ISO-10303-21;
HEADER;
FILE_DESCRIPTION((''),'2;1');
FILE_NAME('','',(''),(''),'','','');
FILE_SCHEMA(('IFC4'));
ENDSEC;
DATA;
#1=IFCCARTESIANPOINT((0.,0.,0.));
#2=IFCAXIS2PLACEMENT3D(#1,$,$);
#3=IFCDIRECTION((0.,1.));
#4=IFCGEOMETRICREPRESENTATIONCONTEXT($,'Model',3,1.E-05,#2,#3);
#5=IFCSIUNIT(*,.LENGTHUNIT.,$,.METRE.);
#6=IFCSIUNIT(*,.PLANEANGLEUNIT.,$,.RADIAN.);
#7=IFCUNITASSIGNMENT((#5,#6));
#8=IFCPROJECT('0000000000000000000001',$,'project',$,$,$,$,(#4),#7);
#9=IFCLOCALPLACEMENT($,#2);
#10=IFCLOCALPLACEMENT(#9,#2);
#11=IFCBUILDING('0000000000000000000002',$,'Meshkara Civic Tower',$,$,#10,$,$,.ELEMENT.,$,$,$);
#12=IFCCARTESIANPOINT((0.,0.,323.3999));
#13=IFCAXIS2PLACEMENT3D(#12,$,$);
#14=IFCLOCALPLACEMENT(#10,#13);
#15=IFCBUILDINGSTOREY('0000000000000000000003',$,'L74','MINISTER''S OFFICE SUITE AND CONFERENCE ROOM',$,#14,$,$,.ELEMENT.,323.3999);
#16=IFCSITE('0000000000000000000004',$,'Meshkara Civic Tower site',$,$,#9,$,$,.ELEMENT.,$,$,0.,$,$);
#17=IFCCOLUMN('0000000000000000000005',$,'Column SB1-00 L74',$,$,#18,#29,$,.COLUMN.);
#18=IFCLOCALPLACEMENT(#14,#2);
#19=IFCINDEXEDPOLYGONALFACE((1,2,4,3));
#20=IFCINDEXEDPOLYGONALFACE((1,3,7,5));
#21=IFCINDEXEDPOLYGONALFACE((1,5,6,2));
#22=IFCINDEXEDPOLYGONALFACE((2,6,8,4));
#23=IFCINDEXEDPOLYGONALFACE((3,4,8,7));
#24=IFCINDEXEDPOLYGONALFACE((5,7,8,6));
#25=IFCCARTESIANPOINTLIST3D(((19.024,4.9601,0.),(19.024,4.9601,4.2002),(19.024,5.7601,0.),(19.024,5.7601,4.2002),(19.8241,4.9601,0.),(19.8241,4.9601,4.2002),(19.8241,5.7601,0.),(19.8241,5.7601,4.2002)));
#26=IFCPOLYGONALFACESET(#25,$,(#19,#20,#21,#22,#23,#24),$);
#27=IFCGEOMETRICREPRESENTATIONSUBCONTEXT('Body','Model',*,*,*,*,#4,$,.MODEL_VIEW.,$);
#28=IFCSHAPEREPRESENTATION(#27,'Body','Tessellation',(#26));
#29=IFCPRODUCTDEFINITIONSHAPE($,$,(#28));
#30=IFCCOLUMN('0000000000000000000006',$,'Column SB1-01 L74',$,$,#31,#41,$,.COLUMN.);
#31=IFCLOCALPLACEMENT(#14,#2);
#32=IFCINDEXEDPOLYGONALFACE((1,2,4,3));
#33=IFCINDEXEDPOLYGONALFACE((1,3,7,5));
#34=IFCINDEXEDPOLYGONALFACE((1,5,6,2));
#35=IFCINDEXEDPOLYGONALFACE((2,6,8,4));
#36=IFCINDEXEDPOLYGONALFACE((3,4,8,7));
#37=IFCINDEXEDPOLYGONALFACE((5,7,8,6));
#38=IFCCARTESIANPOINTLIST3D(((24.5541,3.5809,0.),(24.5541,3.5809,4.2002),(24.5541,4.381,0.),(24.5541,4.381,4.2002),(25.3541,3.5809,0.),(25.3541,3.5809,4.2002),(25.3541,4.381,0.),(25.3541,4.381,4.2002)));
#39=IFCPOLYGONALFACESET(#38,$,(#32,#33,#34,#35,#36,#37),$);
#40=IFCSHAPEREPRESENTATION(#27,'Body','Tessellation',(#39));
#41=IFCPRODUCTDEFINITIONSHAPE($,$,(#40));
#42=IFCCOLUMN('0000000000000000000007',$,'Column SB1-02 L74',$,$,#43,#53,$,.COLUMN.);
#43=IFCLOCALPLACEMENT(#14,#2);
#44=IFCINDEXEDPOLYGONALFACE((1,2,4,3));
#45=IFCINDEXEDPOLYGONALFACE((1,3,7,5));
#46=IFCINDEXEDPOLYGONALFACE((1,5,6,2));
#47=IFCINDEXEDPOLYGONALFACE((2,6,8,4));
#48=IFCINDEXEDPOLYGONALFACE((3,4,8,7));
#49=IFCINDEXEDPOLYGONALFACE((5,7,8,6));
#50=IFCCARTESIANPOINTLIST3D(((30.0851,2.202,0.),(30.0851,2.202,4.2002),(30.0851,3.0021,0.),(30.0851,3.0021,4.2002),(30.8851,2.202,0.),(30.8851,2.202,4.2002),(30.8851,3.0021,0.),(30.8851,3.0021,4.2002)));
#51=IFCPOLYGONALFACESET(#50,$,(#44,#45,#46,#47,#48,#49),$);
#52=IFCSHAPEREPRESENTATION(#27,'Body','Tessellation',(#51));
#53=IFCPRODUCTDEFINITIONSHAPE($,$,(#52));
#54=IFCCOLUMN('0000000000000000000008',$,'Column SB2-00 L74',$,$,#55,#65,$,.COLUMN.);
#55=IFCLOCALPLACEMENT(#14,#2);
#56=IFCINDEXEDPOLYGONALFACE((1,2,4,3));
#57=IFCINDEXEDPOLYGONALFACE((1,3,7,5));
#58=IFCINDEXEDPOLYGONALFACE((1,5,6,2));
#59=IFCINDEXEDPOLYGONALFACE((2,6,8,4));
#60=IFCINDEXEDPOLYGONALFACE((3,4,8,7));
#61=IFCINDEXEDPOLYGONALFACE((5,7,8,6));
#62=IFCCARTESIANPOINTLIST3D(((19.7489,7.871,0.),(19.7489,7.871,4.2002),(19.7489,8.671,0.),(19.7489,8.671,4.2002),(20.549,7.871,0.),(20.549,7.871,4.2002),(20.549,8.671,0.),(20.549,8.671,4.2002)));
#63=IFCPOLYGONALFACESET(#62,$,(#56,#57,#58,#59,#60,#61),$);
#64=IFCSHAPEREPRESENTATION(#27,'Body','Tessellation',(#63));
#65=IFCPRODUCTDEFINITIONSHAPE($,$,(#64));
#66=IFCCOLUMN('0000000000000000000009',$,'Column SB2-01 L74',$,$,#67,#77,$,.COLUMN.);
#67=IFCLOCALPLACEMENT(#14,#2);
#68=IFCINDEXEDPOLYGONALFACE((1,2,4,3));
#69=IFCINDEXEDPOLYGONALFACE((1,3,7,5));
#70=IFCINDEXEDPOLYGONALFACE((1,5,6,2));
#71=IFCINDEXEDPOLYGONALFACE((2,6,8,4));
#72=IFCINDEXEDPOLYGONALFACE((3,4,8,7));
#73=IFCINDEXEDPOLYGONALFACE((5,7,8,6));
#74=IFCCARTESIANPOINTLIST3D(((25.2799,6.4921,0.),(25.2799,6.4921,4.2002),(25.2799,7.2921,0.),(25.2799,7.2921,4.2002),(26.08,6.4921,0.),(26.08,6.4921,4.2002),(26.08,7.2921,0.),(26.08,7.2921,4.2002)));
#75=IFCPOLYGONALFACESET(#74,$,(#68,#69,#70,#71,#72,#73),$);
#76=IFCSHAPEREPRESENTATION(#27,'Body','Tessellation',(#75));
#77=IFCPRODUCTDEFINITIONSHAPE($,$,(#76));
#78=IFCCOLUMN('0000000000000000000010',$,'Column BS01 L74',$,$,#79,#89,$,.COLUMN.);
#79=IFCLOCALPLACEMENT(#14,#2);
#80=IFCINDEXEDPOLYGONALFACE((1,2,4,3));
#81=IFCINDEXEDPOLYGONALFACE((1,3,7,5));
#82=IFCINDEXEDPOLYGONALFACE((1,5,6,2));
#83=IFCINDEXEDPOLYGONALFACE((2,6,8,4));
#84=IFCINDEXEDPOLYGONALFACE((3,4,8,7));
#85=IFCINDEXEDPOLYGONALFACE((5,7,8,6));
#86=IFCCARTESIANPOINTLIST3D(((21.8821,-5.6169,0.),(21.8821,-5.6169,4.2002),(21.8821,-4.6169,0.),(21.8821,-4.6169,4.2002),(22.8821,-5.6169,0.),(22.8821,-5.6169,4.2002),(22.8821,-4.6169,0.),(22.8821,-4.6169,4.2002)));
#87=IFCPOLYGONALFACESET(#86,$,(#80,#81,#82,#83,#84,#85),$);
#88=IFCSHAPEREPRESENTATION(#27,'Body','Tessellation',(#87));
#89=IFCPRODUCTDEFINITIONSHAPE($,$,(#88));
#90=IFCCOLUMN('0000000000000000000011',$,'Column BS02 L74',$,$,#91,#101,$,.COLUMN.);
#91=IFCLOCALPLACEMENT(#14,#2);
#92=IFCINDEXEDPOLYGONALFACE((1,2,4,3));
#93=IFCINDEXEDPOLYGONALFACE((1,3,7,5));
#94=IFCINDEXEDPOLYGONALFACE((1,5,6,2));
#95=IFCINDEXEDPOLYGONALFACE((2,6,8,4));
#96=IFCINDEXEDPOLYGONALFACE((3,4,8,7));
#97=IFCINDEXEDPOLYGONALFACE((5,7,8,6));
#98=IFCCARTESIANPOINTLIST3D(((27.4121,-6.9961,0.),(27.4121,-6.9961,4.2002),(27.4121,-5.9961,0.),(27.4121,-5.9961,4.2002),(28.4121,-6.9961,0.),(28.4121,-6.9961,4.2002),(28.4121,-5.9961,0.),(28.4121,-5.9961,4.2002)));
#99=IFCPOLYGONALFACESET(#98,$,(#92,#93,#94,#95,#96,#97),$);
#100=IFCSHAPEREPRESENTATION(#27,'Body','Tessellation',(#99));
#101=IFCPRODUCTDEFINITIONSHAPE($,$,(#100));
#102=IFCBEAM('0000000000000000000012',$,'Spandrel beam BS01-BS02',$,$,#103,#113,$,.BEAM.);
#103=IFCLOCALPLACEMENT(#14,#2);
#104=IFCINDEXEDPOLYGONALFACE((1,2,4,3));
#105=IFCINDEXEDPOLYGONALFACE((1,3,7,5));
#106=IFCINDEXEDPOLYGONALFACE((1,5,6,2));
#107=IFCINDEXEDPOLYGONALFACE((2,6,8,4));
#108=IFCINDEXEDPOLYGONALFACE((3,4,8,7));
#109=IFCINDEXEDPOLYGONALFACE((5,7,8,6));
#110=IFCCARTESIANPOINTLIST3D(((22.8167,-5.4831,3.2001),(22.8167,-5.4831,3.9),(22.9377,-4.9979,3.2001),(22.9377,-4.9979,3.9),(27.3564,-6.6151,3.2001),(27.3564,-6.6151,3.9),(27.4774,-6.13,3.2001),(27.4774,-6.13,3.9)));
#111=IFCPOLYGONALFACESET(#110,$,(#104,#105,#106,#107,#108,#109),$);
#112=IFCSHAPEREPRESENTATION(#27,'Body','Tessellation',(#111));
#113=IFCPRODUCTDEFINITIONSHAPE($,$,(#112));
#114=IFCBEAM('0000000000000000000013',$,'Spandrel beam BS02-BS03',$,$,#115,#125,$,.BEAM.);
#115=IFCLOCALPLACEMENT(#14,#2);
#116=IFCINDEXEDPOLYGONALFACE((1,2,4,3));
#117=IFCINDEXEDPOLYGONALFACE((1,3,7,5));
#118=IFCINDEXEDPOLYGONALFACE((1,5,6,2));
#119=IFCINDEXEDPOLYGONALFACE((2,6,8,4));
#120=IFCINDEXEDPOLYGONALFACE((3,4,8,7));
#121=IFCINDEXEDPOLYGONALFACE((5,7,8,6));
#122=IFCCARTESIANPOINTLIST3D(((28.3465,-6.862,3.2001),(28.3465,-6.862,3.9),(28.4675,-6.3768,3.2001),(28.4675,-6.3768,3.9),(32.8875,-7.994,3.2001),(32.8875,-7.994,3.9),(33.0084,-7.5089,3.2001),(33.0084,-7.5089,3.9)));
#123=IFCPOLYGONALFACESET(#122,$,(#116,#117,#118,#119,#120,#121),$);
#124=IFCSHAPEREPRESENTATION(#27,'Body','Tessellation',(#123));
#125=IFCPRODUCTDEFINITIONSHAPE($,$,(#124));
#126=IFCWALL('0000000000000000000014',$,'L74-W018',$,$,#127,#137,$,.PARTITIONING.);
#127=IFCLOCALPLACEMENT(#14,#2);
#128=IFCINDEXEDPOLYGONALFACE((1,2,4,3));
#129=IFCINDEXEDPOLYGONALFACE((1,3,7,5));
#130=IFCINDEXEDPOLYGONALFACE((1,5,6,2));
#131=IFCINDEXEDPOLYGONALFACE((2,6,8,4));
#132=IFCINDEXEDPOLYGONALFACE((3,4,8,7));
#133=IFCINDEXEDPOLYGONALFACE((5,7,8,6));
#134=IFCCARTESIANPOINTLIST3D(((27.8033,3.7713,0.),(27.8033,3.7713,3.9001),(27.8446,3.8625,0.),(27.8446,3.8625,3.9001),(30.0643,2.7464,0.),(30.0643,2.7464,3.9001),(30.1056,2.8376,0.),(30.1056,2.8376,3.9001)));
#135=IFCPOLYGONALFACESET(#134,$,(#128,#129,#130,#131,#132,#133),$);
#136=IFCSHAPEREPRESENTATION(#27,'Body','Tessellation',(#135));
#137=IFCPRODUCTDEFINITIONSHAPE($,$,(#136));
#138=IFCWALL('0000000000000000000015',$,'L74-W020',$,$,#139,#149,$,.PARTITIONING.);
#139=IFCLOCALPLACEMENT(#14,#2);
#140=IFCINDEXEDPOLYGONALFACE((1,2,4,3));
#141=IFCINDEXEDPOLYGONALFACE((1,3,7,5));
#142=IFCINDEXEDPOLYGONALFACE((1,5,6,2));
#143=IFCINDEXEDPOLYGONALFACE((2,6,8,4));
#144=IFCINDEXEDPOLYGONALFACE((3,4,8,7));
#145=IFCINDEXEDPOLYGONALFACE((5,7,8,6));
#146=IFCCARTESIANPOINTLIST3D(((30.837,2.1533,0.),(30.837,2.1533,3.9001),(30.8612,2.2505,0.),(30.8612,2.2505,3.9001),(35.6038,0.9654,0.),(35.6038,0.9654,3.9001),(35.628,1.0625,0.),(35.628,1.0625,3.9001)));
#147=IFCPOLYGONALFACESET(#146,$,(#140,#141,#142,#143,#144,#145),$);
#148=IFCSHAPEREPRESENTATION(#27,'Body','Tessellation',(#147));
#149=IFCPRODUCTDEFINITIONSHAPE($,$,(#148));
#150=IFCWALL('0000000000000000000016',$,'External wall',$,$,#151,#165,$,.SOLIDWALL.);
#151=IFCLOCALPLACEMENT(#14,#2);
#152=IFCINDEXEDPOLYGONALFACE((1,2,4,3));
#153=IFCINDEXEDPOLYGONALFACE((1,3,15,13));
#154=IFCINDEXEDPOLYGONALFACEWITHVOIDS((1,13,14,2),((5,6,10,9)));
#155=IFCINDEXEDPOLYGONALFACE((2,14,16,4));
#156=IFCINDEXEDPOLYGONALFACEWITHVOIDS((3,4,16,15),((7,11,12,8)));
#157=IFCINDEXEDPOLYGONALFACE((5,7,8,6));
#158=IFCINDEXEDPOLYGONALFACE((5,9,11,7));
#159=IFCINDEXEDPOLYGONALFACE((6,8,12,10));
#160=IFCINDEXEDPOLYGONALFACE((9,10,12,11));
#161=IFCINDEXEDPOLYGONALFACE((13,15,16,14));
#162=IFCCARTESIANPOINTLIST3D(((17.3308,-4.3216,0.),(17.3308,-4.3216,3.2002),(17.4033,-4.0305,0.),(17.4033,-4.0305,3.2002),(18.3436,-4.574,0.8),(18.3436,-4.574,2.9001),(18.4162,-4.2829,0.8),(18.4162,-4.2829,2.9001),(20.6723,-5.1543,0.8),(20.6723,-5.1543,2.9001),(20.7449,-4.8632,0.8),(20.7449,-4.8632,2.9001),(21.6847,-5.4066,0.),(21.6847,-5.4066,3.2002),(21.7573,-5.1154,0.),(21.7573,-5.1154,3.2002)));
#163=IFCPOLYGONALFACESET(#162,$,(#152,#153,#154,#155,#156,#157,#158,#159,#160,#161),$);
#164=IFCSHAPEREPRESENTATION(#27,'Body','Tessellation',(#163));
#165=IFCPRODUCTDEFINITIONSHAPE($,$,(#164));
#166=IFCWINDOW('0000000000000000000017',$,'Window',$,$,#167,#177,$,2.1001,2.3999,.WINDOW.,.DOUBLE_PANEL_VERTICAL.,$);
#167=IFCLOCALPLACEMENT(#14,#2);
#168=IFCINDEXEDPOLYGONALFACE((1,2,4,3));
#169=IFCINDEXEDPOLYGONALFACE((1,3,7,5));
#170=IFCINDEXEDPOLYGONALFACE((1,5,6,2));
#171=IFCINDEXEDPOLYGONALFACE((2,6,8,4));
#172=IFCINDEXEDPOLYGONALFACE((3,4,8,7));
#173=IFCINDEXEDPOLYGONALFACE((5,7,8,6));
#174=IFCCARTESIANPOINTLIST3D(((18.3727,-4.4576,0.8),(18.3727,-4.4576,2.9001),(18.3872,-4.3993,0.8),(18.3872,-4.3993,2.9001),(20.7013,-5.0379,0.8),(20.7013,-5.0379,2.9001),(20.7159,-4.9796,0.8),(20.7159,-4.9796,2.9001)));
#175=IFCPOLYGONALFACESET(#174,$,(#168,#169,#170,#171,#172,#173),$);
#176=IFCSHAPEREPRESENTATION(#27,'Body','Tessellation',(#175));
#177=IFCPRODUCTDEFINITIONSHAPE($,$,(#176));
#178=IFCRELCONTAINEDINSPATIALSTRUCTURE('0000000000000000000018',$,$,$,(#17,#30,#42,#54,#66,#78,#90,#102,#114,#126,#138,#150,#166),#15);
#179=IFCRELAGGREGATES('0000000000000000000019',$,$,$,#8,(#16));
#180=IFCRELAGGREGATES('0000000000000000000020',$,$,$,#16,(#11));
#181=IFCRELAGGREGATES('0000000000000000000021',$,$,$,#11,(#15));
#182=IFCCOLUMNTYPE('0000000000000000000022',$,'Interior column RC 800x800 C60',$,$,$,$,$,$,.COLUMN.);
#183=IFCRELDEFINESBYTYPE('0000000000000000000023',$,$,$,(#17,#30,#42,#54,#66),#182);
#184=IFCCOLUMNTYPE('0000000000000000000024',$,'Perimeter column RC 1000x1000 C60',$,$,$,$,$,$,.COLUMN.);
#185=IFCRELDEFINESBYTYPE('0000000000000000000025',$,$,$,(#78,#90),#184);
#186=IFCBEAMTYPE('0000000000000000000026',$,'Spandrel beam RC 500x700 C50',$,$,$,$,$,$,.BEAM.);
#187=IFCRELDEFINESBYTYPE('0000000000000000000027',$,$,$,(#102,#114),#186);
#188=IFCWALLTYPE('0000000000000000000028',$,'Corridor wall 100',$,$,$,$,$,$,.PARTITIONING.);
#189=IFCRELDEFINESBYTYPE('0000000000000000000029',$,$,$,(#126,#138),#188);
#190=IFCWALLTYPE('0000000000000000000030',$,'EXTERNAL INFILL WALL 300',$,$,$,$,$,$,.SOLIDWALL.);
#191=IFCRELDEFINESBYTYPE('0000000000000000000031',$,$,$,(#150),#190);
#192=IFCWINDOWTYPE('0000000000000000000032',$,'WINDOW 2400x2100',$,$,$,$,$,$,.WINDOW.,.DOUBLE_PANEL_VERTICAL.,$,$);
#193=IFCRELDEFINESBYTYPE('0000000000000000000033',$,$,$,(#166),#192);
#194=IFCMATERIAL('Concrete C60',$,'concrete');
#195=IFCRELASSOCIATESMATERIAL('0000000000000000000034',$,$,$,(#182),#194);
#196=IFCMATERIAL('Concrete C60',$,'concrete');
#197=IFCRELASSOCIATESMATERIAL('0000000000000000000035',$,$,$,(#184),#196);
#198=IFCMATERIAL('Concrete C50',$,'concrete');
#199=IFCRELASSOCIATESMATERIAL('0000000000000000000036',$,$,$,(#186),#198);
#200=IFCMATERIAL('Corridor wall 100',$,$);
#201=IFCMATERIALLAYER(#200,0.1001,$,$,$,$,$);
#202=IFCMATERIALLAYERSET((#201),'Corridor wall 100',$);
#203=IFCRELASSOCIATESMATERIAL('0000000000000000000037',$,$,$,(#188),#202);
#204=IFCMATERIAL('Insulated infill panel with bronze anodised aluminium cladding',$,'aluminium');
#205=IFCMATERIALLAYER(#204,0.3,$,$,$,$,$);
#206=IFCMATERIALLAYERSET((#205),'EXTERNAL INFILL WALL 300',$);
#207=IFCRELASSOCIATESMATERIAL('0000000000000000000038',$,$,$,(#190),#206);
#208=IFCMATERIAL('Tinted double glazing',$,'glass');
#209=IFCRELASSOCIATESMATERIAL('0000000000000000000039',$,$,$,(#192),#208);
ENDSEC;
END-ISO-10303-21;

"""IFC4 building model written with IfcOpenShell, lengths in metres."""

from ifc_helpers import new_model, si_unit, direction, frame, frame_2d, origin, origin_2d, place, context, subcontext, project, spatial, rectangle, extrude, material, layer, layer_set, material_profile, profile_set, type_object, element, fill, save


model = new_model("IFC4")

# Units and contexts
model_context = context("Model", 3, precision=1e-05, world=origin(), true_north=direction((0.0, 1.0)))
body_context = subcontext(model_context, "Body", "Model", "MODEL_VIEW")
ifc_project = project(units=[si_unit("LENGTHUNIT", "METRE"), si_unit("PLANEANGLEUNIT", "RADIAN")], contexts=[model_context])

# Site, building, storey
site_placement = place(None, origin())
site = spatial("IfcSite", under=ifc_project, at=site_placement, Name="Meshkara Civic Tower site", CompositionType="ELEMENT", RefElevation=0.0)
building_placement = place(site_placement, origin())
building = spatial("IfcBuilding", under=site, at=building_placement, Name="Meshkara Civic Tower", CompositionType="ELEMENT")
storey_placement = place(building_placement, frame((0.0, 0.0, 323.3999)))
storey = spatial("IfcBuildingStorey", under=building, at=storey_placement, Name="L74", Description="MINISTER'S OFFICE SUITE AND CONFERENCE ROOM", CompositionType="ELEMENT", Elevation=323.3999)

# Columns
ifc_material_1 = material(Name="Concrete C60", Category="concrete")
ifc_material_profile_1 = material_profile(ifc_material_1, rectangle(XDim=0.8, YDim=0.8, at=origin_2d()))
ifc_profile_set_1 = profile_set([ifc_material_profile_1], Name="Concrete C60")
column_type_1 = type_object("IfcColumnType", Name="Interior column RC 800x800 C60", PredefinedType="COLUMN", material=ifc_profile_set_1)
for number, where, z_axis, x_axis, name in (
    (1, (19.4241, 5.3601, 0.0), (0.0, 0.0, 1.0), (1.0, 0.0, 0.0), "Column SB1-00 L74"),
    (2, (24.9541, 3.981, 0.0), (0.0, 0.0, 1.0), (1.0, 0.0, 0.0), "Column SB1-01 L74"),
    (3, (30.4851, 2.6021, 0.0), (0.0, 0.0, 1.0), (1.0, 0.0, 0.0), "Column SB1-02 L74"),
    (4, (20.1489, 8.271, 0.0), (0.0, 0.0, 1.0), (1.0, 0.0, 0.0), "Column SB2-00 L74"),
    (5, (25.6799, 6.8921, 0.0), (0.0, 0.0, 1.0), (1.0, 0.0, 0.0), "Column SB2-01 L74"),
):
    element("IfcColumn", number, at=place(storey_placement, frame(where, z_axis=z_axis, x_axis=x_axis)), inside=storey, type_object=column_type_1, Name=name, PredefinedType="COLUMN", context=body_context, shape_type="SweptSolid", body=[
        extrude(rectangle(XDim=0.8, YDim=0.8, at=origin_2d()), origin(), (0.0, 0.0, 1.0), 4.2002),
    ])
ifc_material_2 = material(Name="Concrete C60", Category="concrete")
ifc_material_profile_2 = material_profile(ifc_material_2, rectangle(XDim=1.0, YDim=1.0, at=origin_2d()))
ifc_profile_set_2 = profile_set([ifc_material_profile_2], Name="Concrete C60")
column_type_2 = type_object("IfcColumnType", Name="Perimeter column RC 1000x1000 C60", PredefinedType="COLUMN", material=ifc_profile_set_2)
for number, where, z_axis, x_axis, name in (
    (6, (22.3821, -5.1169, 0.0), (0.0, 0.0, 1.0), (1.0, 0.0, 0.0), "Column BS01 L74"),
    (7, (27.9121, -6.4961, 0.0), (0.0, 0.0, 1.0), (1.0, 0.0, 0.0), "Column BS02 L74"),
):
    element("IfcColumn", number, at=place(storey_placement, frame(where, z_axis=z_axis, x_axis=x_axis)), inside=storey, type_object=column_type_2, Name=name, PredefinedType="COLUMN", context=body_context, shape_type="SweptSolid", body=[
        extrude(rectangle(XDim=1.0, YDim=1.0, at=origin_2d()), origin(), (0.0, 0.0, 1.0), 4.2002),
    ])

# Beams
ifc_material_3 = material(Name="Concrete C50", Category="concrete")
ifc_material_profile_3 = material_profile(ifc_material_3, rectangle(XDim=0.5, YDim=0.7, at=origin_2d()))
ifc_profile_set_3 = profile_set([ifc_material_profile_3], Name="Concrete C50")
beam_type = type_object("IfcBeamType", Name="Spandrel beam RC 500x700 C50", PredefinedType="BEAM", material=ifc_profile_set_3)
beam_1_placement = place(storey_placement, frame((22.8772, -5.2405, 3.55), z_axis=(0.970287, -0.241959, 0.0), x_axis=(0.241959, 0.970287, 0.0)))
element("IfcBeam", 8, at=beam_1_placement, inside=storey, type_object=beam_type, Name="Spandrel beam BS01-BS02", PredefinedType="BEAM", context=body_context, shape_type="SweptSolid", body=[
    extrude(rectangle(XDim=0.5, YDim=0.7, at=origin_2d()), origin(), (0.0, 0.0, 1.0), 4.6787),
])
beam_2_placement = place(storey_placement, frame((28.407, -6.6194, 3.55), z_axis=(0.970302, -0.241897, 0.0), x_axis=(0.241897, 0.970302, 0.0)))
element("IfcBeam", 9, at=beam_2_placement, inside=storey, type_object=beam_type, Name="Spandrel beam BS02-BS03", PredefinedType="BEAM", context=body_context, shape_type="SweptSolid", body=[
    extrude(rectangle(XDim=0.5, YDim=0.7, at=origin_2d()), origin(), (0.0, 0.0, 1.0), 4.6799),
])

# Walls
ifc_material_4 = material(Name="Corridor wall 100")
ifc_layer_1 = layer(ifc_material_4, 0.1001)
ifc_layer_set_1 = layer_set([ifc_layer_1], Name="Corridor wall 100")
wall_type_1 = type_object("IfcWallType", Name="Corridor wall 100", PredefinedType="PARTITIONING", material=ifc_layer_set_1)
wall_1_placement = place(storey_placement, frame((27.824, 3.8169, 0.0), z_axis=(0.0, 0.0, 1.0), x_axis=(0.910794, -0.412862, 0.0)))
element("IfcWall", 10, at=wall_1_placement, inside=storey, type_object=wall_type_1, Name="L74-W018", PredefinedType="PARTITIONING", context=body_context, shape_type="SweptSolid", body=[
    extrude(rectangle(XDim=2.4824, YDim=0.1001, at=frame_2d((1.2412, 0.0))), origin(), (0.0, 0.0, 1.0), 3.9001),
])
wall_2_placement = place(storey_placement, frame((30.8491, 2.2019, 0.0), z_axis=(0.0, 0.0, 1.0), x_axis=(0.970321, -0.241822, 0.0)))
element("IfcWall", 11, at=wall_2_placement, inside=storey, type_object=wall_type_1, Name="L74-W020", PredefinedType="PARTITIONING", context=body_context, shape_type="SweptSolid", body=[
    extrude(rectangle(XDim=4.9126, YDim=0.1001, at=frame_2d((2.4563, 0.0))), origin(), (0.0, 0.0, 1.0), 3.9001),
])

# Wall, opening, window
ifc_material_5 = material(Name="Insulated infill panel with bronze anodised aluminium cladding", Category="aluminium")
ifc_layer_2 = layer(ifc_material_5, 0.3)
ifc_layer_set_2 = layer_set([ifc_layer_2], Name="EXTERNAL INFILL WALL 300")
wall_type_2 = type_object("IfcWallType", Name="EXTERNAL INFILL WALL 300", PredefinedType="SOLIDWALL", material=ifc_layer_set_2)
wall_3_placement = place(storey_placement, frame((17.3669, -4.176, 0.0), z_axis=(0.0, 0.0, 1.0), x_axis=(0.970328, -0.241793, 0.0)))
wall_3 = element("IfcWall", 12, at=wall_3_placement, inside=storey, type_object=wall_type_2, Name="External wall", PredefinedType="SOLIDWALL", context=body_context, shape_type="SweptSolid", body=[
    extrude(rectangle(XDim=4.4871, YDim=0.3, at=frame_2d((2.2437, 0.0))), origin(), (0.0, 0.0, 1.0), 3.2002),
])
opening_1_placement = place(wall_3_placement, frame((1.0439, 0.0, 0.8)))
opening_1 = element("IfcOpeningElement", 13, at=opening_1_placement, cuts=wall_3, PredefinedType="OPENING", context=body_context, shape_type="SweptSolid", body=[
    extrude(rectangle(XDim=2.3999, YDim=2.1001, at=frame_2d((1.2, 1.05))), frame((0.0, 0.1599, 0.0), z_axis=(0.0, -1.0, 0.0), x_axis=(1.0, 0.0, 0.0)), (0.0, 0.0, 1.0), 0.3201),
])
ifc_material_6 = material(Name="Tinted double glazing", Category="glass")
window_type = type_object("IfcWindowType", Name="WINDOW 2400x2100", PartitioningType="DOUBLE_PANEL_VERTICAL", PredefinedType="WINDOW", material=ifc_material_6)
window_1_placement = place(opening_1_placement, origin())
window_1 = element("IfcWindow", 14, at=window_1_placement, inside=storey, type_object=window_type, Name="Window", OverallHeight=2.1001, OverallWidth=2.3999, PartitioningType="DOUBLE_PANEL_VERTICAL", PredefinedType="WINDOW", context=body_context, shape_type="SweptSolid", body=[
    extrude(rectangle(XDim=2.3999, YDim=2.1001, at=frame_2d((1.2, 1.05))), frame((0.0, 0.03, 0.0), z_axis=(0.0, -1.0, 0.0), x_axis=(1.0, 0.0, 0.0)), (0.0, 0.0, 1.0), 0.0601),
])
fill(opening_1, window_1)

save(model, "model.ifc")
